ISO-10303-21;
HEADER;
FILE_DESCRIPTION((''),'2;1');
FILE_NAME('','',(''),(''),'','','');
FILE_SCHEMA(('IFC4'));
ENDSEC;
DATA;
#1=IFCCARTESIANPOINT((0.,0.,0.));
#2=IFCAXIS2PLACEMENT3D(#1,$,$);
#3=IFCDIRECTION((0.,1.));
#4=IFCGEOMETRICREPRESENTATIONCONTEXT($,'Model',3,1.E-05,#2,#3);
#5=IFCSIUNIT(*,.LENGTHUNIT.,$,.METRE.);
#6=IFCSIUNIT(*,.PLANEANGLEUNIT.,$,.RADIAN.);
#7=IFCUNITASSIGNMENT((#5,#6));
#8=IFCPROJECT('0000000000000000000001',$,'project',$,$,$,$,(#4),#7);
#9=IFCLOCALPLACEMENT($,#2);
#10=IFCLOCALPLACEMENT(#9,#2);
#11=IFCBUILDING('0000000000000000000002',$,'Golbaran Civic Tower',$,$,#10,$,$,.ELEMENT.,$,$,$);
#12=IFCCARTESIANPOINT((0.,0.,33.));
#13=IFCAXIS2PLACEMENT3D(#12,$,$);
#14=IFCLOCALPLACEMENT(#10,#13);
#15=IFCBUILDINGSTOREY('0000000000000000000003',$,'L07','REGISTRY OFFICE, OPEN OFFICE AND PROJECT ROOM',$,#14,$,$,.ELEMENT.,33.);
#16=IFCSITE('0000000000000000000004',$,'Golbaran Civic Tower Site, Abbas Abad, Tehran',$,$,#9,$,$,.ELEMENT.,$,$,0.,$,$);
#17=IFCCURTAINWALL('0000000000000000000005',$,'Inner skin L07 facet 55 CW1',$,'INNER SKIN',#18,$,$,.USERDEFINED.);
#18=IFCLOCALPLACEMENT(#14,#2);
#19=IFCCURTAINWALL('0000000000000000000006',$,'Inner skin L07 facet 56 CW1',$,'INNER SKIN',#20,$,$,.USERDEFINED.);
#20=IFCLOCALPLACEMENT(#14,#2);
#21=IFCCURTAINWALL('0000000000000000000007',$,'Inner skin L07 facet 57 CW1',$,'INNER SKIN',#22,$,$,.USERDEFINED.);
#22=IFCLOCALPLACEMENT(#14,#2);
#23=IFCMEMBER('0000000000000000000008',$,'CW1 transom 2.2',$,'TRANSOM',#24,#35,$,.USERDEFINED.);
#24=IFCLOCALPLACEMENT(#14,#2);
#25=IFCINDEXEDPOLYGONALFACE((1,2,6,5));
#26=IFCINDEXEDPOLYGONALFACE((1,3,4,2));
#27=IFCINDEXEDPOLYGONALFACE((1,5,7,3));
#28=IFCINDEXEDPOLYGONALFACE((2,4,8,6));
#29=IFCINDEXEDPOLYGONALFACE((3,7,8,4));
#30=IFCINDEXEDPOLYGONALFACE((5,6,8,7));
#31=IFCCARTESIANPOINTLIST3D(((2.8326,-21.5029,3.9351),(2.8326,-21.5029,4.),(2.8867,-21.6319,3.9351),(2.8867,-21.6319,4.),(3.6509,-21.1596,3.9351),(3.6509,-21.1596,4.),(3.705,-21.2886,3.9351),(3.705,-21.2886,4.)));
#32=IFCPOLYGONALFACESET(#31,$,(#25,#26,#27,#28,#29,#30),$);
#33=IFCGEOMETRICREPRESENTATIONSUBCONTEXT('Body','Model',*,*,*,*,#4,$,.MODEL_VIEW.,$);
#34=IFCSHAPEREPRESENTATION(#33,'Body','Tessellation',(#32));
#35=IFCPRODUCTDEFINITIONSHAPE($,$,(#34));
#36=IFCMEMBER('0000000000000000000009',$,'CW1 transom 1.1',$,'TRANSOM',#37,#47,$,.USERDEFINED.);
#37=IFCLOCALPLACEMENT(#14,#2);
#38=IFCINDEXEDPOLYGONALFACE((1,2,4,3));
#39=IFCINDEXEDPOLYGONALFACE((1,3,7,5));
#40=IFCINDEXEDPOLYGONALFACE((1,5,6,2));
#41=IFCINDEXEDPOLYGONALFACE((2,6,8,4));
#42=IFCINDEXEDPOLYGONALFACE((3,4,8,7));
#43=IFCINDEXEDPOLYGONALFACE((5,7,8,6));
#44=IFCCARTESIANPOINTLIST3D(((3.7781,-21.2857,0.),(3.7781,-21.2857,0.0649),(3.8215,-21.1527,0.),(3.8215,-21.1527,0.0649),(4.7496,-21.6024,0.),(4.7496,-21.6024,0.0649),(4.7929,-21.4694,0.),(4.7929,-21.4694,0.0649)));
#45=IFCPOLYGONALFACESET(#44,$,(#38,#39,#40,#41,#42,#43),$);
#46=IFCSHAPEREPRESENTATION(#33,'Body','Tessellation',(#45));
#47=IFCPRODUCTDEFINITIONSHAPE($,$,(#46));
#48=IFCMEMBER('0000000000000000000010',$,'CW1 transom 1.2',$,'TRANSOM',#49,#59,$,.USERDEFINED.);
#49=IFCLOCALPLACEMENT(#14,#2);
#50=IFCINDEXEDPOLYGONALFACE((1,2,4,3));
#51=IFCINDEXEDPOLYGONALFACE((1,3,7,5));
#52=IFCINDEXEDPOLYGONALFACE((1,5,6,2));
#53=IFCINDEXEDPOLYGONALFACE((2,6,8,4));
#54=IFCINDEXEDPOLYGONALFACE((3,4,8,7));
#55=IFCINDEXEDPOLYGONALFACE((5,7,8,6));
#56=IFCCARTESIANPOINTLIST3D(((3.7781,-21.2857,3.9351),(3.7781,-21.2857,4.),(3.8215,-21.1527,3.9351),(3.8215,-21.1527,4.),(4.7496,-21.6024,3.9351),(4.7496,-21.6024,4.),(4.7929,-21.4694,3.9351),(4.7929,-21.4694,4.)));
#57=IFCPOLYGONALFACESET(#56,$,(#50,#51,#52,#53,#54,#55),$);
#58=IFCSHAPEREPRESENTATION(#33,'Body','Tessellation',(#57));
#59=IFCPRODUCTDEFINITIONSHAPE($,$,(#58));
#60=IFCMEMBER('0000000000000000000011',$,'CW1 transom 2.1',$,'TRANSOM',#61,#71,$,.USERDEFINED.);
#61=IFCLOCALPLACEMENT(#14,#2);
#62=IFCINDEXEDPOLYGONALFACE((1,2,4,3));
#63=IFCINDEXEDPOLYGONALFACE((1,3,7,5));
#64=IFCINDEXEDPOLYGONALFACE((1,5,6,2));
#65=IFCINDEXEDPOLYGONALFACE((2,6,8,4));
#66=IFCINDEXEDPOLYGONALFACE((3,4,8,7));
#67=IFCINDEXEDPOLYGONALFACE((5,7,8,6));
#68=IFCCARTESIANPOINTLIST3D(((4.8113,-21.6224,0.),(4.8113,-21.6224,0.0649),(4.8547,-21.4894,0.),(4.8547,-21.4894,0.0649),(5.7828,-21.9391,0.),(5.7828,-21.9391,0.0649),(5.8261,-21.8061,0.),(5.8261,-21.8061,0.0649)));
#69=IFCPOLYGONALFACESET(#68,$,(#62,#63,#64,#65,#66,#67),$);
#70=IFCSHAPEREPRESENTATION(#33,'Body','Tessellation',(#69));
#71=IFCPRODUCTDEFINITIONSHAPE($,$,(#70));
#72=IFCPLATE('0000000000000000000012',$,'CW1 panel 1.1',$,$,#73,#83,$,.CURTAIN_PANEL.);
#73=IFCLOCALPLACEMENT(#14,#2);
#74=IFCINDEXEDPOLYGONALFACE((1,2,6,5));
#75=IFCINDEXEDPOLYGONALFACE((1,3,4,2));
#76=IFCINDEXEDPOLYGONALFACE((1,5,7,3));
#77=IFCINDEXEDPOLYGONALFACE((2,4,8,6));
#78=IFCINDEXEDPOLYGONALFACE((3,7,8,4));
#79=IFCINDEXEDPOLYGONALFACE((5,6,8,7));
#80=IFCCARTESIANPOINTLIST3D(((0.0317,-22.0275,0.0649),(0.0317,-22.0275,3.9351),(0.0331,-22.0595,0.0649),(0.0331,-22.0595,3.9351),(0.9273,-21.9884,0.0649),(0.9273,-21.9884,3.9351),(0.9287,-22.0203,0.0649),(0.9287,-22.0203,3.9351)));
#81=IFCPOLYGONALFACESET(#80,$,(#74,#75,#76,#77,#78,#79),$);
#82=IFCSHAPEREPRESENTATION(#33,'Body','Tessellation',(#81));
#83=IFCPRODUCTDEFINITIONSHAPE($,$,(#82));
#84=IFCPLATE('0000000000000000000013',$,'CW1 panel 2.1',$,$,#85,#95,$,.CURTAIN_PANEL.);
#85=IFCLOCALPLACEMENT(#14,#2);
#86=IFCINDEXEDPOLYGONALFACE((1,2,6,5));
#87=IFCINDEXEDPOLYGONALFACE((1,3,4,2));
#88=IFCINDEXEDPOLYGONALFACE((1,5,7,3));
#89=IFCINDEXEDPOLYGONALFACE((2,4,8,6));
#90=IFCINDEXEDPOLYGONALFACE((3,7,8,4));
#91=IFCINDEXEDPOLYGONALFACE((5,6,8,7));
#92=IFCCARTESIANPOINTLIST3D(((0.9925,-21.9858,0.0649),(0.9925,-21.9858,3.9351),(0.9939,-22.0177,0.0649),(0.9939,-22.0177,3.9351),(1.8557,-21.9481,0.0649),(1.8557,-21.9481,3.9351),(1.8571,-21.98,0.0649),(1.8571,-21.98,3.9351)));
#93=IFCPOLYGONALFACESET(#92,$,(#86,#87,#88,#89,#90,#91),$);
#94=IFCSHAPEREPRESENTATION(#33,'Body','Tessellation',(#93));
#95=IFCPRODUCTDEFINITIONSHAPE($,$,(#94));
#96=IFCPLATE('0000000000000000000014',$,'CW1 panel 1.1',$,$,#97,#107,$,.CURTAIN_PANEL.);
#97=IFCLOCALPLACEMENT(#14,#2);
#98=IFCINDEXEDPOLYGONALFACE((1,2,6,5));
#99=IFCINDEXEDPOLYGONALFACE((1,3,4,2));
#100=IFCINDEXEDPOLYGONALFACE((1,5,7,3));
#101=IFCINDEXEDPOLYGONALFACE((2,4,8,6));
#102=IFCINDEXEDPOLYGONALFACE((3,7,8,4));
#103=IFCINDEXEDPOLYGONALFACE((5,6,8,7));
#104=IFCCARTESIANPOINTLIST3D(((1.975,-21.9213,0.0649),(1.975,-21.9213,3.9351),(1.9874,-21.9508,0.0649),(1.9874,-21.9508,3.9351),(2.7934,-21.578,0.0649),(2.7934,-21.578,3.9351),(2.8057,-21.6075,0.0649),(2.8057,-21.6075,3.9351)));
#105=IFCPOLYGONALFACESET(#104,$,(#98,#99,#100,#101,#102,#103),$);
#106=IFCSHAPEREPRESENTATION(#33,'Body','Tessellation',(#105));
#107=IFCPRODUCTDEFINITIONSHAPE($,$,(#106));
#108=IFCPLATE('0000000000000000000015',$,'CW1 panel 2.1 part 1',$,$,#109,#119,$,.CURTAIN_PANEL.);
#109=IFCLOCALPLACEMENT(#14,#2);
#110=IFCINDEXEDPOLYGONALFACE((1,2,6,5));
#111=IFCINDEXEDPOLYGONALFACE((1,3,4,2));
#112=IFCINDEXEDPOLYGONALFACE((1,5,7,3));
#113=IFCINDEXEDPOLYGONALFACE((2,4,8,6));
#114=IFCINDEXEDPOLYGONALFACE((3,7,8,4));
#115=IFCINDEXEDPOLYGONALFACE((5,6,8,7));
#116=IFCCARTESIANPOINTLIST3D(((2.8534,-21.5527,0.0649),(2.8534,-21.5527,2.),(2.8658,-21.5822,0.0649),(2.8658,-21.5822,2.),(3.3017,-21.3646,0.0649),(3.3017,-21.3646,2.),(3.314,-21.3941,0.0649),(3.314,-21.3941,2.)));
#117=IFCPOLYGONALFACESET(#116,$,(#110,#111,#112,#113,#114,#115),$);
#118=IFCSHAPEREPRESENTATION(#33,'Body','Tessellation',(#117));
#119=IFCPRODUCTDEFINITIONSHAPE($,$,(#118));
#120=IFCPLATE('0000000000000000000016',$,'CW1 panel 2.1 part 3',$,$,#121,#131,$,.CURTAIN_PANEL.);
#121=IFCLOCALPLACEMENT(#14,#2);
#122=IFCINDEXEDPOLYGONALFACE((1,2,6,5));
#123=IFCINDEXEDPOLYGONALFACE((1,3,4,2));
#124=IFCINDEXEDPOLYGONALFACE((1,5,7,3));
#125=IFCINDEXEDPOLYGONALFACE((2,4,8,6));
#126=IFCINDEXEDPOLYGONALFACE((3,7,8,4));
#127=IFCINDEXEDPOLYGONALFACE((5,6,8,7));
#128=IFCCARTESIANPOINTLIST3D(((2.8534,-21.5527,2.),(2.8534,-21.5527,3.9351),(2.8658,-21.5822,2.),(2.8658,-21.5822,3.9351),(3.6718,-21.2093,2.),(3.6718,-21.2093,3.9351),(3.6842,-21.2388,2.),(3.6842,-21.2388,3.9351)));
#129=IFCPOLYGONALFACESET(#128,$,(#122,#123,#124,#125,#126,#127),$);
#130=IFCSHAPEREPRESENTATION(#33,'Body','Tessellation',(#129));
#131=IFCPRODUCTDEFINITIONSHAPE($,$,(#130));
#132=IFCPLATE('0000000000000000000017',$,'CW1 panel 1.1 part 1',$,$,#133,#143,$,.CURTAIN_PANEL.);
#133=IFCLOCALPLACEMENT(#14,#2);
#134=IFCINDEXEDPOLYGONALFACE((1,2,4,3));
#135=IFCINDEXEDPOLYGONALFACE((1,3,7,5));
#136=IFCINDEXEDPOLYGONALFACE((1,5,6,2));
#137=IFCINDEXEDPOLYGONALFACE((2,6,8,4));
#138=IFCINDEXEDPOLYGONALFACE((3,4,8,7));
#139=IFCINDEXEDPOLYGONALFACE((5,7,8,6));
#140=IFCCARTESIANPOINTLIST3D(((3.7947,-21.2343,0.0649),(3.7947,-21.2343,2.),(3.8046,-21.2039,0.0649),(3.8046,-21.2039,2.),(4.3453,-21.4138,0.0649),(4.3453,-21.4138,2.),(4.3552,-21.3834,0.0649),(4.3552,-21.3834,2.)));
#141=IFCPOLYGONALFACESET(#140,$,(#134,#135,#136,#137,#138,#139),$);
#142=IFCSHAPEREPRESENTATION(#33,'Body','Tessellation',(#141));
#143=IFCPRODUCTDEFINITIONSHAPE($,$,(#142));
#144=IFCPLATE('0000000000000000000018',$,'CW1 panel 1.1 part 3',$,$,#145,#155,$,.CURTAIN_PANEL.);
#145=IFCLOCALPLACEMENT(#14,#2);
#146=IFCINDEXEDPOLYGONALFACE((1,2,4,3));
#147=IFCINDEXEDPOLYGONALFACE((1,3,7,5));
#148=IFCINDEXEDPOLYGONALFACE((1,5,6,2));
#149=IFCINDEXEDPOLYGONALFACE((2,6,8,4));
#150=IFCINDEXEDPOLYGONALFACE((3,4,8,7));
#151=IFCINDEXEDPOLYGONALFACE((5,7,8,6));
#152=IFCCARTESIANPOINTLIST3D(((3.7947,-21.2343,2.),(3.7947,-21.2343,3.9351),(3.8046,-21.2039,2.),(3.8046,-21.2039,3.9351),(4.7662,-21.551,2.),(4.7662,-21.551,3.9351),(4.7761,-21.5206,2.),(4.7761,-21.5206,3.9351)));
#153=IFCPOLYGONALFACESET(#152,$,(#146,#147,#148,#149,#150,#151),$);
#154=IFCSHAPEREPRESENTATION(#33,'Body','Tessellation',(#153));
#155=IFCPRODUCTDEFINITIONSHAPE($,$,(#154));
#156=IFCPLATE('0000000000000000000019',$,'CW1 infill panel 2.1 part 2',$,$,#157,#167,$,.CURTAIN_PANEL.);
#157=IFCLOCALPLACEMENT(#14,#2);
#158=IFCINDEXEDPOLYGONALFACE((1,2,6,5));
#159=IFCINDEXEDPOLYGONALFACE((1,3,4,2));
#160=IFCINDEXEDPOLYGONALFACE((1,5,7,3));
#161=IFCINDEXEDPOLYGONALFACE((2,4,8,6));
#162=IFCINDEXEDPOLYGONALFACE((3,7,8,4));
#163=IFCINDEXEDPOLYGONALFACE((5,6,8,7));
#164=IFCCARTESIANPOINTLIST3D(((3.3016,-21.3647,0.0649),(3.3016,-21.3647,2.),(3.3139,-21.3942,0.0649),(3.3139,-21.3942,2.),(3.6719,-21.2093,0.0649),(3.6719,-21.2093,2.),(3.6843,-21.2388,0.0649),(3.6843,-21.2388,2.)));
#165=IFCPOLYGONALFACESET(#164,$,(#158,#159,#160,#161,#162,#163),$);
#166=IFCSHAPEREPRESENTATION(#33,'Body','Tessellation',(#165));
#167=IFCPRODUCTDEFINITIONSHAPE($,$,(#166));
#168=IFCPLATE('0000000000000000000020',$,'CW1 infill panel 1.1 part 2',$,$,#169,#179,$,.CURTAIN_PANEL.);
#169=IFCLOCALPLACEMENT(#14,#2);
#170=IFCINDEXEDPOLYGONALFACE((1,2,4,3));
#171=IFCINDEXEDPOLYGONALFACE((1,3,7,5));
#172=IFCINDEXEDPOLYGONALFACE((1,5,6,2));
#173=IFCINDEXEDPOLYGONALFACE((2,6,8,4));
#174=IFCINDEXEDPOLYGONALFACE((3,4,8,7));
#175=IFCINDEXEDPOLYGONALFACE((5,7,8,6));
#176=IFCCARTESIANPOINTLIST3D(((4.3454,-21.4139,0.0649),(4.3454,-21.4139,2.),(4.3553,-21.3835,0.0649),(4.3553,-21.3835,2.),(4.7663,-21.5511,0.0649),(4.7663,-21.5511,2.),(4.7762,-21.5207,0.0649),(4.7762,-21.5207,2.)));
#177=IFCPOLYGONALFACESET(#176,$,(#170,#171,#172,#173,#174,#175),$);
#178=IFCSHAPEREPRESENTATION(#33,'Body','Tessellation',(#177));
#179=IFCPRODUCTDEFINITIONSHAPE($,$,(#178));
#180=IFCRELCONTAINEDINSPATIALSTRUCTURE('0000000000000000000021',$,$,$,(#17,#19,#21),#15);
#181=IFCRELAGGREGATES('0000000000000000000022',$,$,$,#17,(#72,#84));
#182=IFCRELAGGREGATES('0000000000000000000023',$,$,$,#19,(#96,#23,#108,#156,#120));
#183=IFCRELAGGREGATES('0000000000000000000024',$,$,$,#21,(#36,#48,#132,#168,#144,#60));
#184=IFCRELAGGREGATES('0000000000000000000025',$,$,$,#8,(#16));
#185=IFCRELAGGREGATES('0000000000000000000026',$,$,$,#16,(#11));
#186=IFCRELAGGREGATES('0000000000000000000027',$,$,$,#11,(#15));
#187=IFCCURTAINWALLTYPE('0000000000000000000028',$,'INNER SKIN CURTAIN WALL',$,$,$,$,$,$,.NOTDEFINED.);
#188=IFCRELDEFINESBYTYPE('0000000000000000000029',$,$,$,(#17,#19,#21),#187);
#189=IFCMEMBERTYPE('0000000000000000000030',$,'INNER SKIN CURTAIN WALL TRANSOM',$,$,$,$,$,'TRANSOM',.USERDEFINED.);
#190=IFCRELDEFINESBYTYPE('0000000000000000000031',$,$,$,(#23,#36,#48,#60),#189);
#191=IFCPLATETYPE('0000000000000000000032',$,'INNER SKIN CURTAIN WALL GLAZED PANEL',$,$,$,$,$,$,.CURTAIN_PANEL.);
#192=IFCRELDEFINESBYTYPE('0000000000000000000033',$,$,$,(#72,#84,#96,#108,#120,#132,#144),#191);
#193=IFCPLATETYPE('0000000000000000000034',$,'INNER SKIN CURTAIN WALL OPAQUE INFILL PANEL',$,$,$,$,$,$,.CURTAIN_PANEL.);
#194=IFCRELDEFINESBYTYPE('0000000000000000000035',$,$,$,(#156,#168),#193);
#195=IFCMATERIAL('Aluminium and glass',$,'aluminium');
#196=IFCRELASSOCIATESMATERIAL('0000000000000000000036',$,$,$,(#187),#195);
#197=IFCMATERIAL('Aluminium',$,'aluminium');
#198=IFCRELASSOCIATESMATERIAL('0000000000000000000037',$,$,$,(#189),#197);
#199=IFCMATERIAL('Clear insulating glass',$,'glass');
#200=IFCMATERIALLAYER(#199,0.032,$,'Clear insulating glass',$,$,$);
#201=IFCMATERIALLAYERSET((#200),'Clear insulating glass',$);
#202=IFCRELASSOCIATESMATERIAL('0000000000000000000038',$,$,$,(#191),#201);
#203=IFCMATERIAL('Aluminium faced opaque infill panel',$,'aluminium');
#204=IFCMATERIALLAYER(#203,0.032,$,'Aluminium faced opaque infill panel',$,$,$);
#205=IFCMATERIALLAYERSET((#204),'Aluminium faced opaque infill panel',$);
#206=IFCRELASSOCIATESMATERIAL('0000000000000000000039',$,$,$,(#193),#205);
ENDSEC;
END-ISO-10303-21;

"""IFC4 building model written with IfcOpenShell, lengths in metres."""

from ifc_helpers import new_model, si_unit, direction, frame, origin, origin_2d, place, context, subcontext, project, spatial, rectangle, extrude, material, layer, layer_set, material_profile, profile_set, type_object, element, aggregate, save


model = new_model("IFC4")

# Units and contexts
model_context = context("Model", 3, precision=1e-05, world=origin(), true_north=direction((0.0, 1.0)))
body_context = subcontext(model_context, "Body", "Model", "MODEL_VIEW")
ifc_project = project(units=[si_unit("LENGTHUNIT", "METRE"), si_unit("PLANEANGLEUNIT", "RADIAN")], contexts=[model_context])

# Site, building, storey
site_placement = place(None, origin())
site = spatial("IfcSite", under=ifc_project, at=site_placement, Name="Golbaran Civic Tower Site, Abbas Abad, Tehran", CompositionType="ELEMENT", RefElevation=0.0)
building_placement = place(site_placement, origin())
building = spatial("IfcBuilding", under=site, at=building_placement, Name="Golbaran Civic Tower", CompositionType="ELEMENT")
storey_placement = place(building_placement, frame((0.0, 0.0, 33.0)))
storey = spatial("IfcBuildingStorey", under=building, at=storey_placement, Name="L07", Description="REGISTRY OFFICE, OPEN OFFICE AND PROJECT ROOM", CompositionType="ELEMENT", Elevation=33.0)

# Shared definitions
ifc_material_1 = material(Name="Aluminium and glass", Category="aluminium")
curtain_wall_type = type_object("IfcCurtainWallType", Name="INNER SKIN CURTAIN WALL", PredefinedType="NOTDEFINED", material=ifc_material_1)
ifc_material_2 = material(Name="Aluminium", Category="aluminium")

# Curtain walls
curtain_wall_1_placement = place(storey_placement, origin())
curtain_wall_1 = element("IfcCurtainWall", 1, at=curtain_wall_1_placement, inside=storey, type_object=curtain_wall_type, Name="Inner skin L07 facet 55 CW1", ObjectType="INNER SKIN", PredefinedType="USERDEFINED")
curtain_wall_2_placement = place(storey_placement, origin())
curtain_wall_2 = element("IfcCurtainWall", 2, at=curtain_wall_2_placement, inside=storey, type_object=curtain_wall_type, Name="Inner skin L07 facet 56 CW1", ObjectType="INNER SKIN", PredefinedType="USERDEFINED")
curtain_wall_3_placement = place(storey_placement, origin())
curtain_wall_3 = element("IfcCurtainWall", 3, at=curtain_wall_3_placement, inside=storey, type_object=curtain_wall_type, Name="Inner skin L07 facet 57 CW1", ObjectType="INNER SKIN", PredefinedType="USERDEFINED")

# Members
ifc_material_profile_1 = material_profile(ifc_material_2, rectangle(XDim=0.1399, YDim=0.0649, at=origin_2d()), Name="INNER SKIN CURTAIN WALL TRANSOM")
ifc_profile_set_1 = profile_set([ifc_material_profile_1], Name="Aluminium")
member_type_1 = type_object("IfcMemberType", Name="INNER SKIN CURTAIN WALL TRANSOM", ElementType="TRANSOM", PredefinedType="USERDEFINED", material=ifc_profile_set_1)
member_1_placement = place(storey_placement, frame((2.8596, -21.5674, 3.9675), z_axis=(0.922163, 0.386802, 0.0), x_axis=(-0.386802, 0.922163, 0.0)))
member_1 = element("IfcMember", 4, at=member_1_placement, type_object=member_type_1, Name="CW1 transom 2.2", ObjectType="TRANSOM", PredefinedType="USERDEFINED", context=body_context, shape_type="SweptSolid", body=[
    extrude(rectangle(XDim=0.1399, YDim=0.0649, at=origin_2d()), origin(), (0.0, 0.0, 1.0), 0.8875),
])
member_2_placement = place(storey_placement, frame((3.7998, -21.2192, 0.0325), z_axis=(0.950765, -0.309913, 0.0), x_axis=(0.309913, 0.950765, 0.0)))
member_2 = element("IfcMember", 5, at=member_2_placement, type_object=member_type_1, Name="CW1 transom 1.1", ObjectType="TRANSOM", PredefinedType="USERDEFINED", context=body_context, shape_type="SweptSolid", body=[
    extrude(rectangle(XDim=0.1399, YDim=0.0649, at=origin_2d()), origin(), (0.0, 0.0, 1.0), 1.0217),
])
member_3_placement = place(storey_placement, frame((3.7998, -21.2192, 3.9675), z_axis=(0.950765, -0.309913, 0.0), x_axis=(0.309913, 0.950765, 0.0)))
member_3 = element("IfcMember", 6, at=member_3_placement, type_object=member_type_1, Name="CW1 transom 1.2", ObjectType="TRANSOM", PredefinedType="USERDEFINED", context=body_context, shape_type="SweptSolid", body=[
    extrude(rectangle(XDim=0.1399, YDim=0.0649, at=origin_2d()), origin(), (0.0, 0.0, 1.0), 1.0217),
])
member_4_placement = place(storey_placement, frame((4.833, -21.5559, 0.0325), z_axis=(0.950765, -0.309913, 0.0), x_axis=(0.309913, 0.950765, 0.0)))
member_4 = element("IfcMember", 7, at=member_4_placement, type_object=member_type_1, Name="CW1 transom 2.1", ObjectType="TRANSOM", PredefinedType="USERDEFINED", context=body_context, shape_type="SweptSolid", body=[
    extrude(rectangle(XDim=0.1399, YDim=0.0649, at=origin_2d()), origin(), (0.0, 0.0, 1.0), 1.0217),
])

# Plates
ifc_material_3 = material(Name="Clear insulating glass", Category="glass")
ifc_layer_1 = layer(ifc_material_3, 0.032, Name="Clear insulating glass")
ifc_layer_set_1 = layer_set([ifc_layer_1], Name="Clear insulating glass")
plate_type_1 = type_object("IfcPlateType", Name="INNER SKIN CURTAIN WALL GLAZED PANEL", PredefinedType="CURTAIN_PANEL", material=ifc_layer_set_1)
plate_1_placement = place(storey_placement, frame((0.4802, -22.0239, 0.0649), z_axis=(0.0, 0.0, 1.0), x_axis=(0.999048, 0.043619, 0.0)))
plate_1 = element("IfcPlate", 8, at=plate_1_placement, type_object=plate_type_1, Name="CW1 panel 1.1", PredefinedType="CURTAIN_PANEL", context=body_context, shape_type="SweptSolid", body=[
    extrude(rectangle(XDim=0.8965, YDim=0.032, at=origin_2d()), origin(), (0.0, 0.0, 1.0), 3.8701),
])
plate_2_placement = place(storey_placement, frame((1.4248, -21.9829, 0.0649), z_axis=(0.0, 0.0, 1.0), x_axis=(0.999048, 0.043619, 0.0)))
plate_2 = element("IfcPlate", 9, at=plate_2_placement, type_object=plate_type_1, Name="CW1 panel 2.1", PredefinedType="CURTAIN_PANEL", context=body_context, shape_type="SweptSolid", body=[
    extrude(rectangle(XDim=0.864, YDim=0.032, at=origin_2d()), origin(), (0.0, 0.0, 1.0), 3.8701),
])
aggregate(curtain_wall_1, [plate_1, plate_2])
plate_3_placement = place(storey_placement, frame((2.3904, -21.7644, 0.0649), z_axis=(0.0, 0.0, 1.0), x_axis=(0.922133, 0.386873, 0.0)))
plate_3 = element("IfcPlate", 10, at=plate_3_placement, type_object=plate_type_1, Name="CW1 panel 1.1", PredefinedType="CURTAIN_PANEL", context=body_context, shape_type="SweptSolid", body=[
    extrude(rectangle(XDim=0.8875, YDim=0.032, at=origin_2d()), origin(), (0.0, 0.0, 1.0), 3.8701),
])
plate_4_placement = place(storey_placement, frame((3.0837, -21.4734, 0.0649), z_axis=(0.0, 0.0, 1.0), x_axis=(0.922133, 0.386873, 0.0)))
plate_4 = element("IfcPlate", 11, at=plate_4_placement, type_object=plate_type_1, Name="CW1 panel 2.1 part 1", PredefinedType="CURTAIN_PANEL", context=body_context, shape_type="SweptSolid", body=[
    extrude(rectangle(XDim=0.4861, YDim=0.032, at=origin_2d()), origin(), (0.0, 0.0, 1.0), 1.9351),
])
plate_5_placement = place(storey_placement, frame((3.2688, -21.3958, 2.0), z_axis=(0.0, 0.0, 1.0), x_axis=(0.922133, 0.386873, 0.0)))
plate_5 = element("IfcPlate", 12, at=plate_5_placement, type_object=plate_type_1, Name="CW1 panel 2.1 part 3", PredefinedType="CURTAIN_PANEL", context=body_context, shape_type="SweptSolid", body=[
    extrude(rectangle(XDim=0.8875, YDim=0.032, at=origin_2d()), origin(), (0.0, 0.0, 1.0), 1.9351),
])
plate_6_placement = place(storey_placement, frame((4.075, -21.3088, 0.0649), z_axis=(0.0, 0.0, 1.0), x_axis=(0.950761, -0.309925, 0.0)))
plate_6 = element("IfcPlate", 13, at=plate_6_placement, type_object=plate_type_1, Name="CW1 panel 1.1 part 1", PredefinedType="CURTAIN_PANEL", context=body_context, shape_type="SweptSolid", body=[
    extrude(rectangle(XDim=0.5791, YDim=0.032, at=origin_2d()), origin(), (0.0, 0.0, 1.0), 1.9351),
])
plate_7_placement = place(storey_placement, frame((4.2854, -21.3774, 2.0), z_axis=(0.0, 0.0, 1.0), x_axis=(0.950761, -0.309925, 0.0)))
plate_7 = element("IfcPlate", 14, at=plate_7_placement, type_object=plate_type_1, Name="CW1 panel 1.1 part 3", PredefinedType="CURTAIN_PANEL", context=body_context, shape_type="SweptSolid", body=[
    extrude(rectangle(XDim=1.0217, YDim=0.032, at=origin_2d()), origin(), (0.0, 0.0, 1.0), 1.9351),
])
ifc_material_4 = material(Name="Aluminium faced opaque infill panel", Category="aluminium")
ifc_layer_2 = layer(ifc_material_4, 0.032, Name="Aluminium faced opaque infill panel")
ifc_layer_set_2 = layer_set([ifc_layer_2], Name="Aluminium faced opaque infill panel")
plate_type_2 = type_object("IfcPlateType", Name="INNER SKIN CURTAIN WALL OPAQUE INFILL PANEL", PredefinedType="CURTAIN_PANEL", material=ifc_layer_set_2)
plate_8_placement = place(storey_placement, frame((3.4929, -21.3018, 0.0649), z_axis=(0.0, 0.0, 1.0), x_axis=(0.922133, 0.386873, 0.0)))
plate_8 = element("IfcPlate", 15, at=plate_8_placement, type_object=plate_type_2, Name="CW1 infill panel 2.1 part 2", PredefinedType="CURTAIN_PANEL", context=body_context, shape_type="SweptSolid", body=[
    extrude(rectangle(XDim=0.4016, YDim=0.032, at=origin_2d()), origin(), (0.0, 0.0, 1.0), 1.9351),
])
aggregate(curtain_wall_2, [plate_3, member_1, plate_4, plate_8, plate_5])
plate_9_placement = place(storey_placement, frame((4.5608, -21.4673, 0.0649), z_axis=(0.0, 0.0, 1.0), x_axis=(0.950761, -0.309925, 0.0)))
plate_9 = element("IfcPlate", 16, at=plate_9_placement, type_object=plate_type_2, Name="CW1 infill panel 1.1 part 2", PredefinedType="CURTAIN_PANEL", context=body_context, shape_type="SweptSolid", body=[
    extrude(rectangle(XDim=0.4426, YDim=0.032, at=origin_2d()), origin(), (0.0, 0.0, 1.0), 1.9351),
])
aggregate(curtain_wall_3, [member_2, member_3, plate_6, plate_9, plate_7, member_4])

save(model, "model.ifc")
